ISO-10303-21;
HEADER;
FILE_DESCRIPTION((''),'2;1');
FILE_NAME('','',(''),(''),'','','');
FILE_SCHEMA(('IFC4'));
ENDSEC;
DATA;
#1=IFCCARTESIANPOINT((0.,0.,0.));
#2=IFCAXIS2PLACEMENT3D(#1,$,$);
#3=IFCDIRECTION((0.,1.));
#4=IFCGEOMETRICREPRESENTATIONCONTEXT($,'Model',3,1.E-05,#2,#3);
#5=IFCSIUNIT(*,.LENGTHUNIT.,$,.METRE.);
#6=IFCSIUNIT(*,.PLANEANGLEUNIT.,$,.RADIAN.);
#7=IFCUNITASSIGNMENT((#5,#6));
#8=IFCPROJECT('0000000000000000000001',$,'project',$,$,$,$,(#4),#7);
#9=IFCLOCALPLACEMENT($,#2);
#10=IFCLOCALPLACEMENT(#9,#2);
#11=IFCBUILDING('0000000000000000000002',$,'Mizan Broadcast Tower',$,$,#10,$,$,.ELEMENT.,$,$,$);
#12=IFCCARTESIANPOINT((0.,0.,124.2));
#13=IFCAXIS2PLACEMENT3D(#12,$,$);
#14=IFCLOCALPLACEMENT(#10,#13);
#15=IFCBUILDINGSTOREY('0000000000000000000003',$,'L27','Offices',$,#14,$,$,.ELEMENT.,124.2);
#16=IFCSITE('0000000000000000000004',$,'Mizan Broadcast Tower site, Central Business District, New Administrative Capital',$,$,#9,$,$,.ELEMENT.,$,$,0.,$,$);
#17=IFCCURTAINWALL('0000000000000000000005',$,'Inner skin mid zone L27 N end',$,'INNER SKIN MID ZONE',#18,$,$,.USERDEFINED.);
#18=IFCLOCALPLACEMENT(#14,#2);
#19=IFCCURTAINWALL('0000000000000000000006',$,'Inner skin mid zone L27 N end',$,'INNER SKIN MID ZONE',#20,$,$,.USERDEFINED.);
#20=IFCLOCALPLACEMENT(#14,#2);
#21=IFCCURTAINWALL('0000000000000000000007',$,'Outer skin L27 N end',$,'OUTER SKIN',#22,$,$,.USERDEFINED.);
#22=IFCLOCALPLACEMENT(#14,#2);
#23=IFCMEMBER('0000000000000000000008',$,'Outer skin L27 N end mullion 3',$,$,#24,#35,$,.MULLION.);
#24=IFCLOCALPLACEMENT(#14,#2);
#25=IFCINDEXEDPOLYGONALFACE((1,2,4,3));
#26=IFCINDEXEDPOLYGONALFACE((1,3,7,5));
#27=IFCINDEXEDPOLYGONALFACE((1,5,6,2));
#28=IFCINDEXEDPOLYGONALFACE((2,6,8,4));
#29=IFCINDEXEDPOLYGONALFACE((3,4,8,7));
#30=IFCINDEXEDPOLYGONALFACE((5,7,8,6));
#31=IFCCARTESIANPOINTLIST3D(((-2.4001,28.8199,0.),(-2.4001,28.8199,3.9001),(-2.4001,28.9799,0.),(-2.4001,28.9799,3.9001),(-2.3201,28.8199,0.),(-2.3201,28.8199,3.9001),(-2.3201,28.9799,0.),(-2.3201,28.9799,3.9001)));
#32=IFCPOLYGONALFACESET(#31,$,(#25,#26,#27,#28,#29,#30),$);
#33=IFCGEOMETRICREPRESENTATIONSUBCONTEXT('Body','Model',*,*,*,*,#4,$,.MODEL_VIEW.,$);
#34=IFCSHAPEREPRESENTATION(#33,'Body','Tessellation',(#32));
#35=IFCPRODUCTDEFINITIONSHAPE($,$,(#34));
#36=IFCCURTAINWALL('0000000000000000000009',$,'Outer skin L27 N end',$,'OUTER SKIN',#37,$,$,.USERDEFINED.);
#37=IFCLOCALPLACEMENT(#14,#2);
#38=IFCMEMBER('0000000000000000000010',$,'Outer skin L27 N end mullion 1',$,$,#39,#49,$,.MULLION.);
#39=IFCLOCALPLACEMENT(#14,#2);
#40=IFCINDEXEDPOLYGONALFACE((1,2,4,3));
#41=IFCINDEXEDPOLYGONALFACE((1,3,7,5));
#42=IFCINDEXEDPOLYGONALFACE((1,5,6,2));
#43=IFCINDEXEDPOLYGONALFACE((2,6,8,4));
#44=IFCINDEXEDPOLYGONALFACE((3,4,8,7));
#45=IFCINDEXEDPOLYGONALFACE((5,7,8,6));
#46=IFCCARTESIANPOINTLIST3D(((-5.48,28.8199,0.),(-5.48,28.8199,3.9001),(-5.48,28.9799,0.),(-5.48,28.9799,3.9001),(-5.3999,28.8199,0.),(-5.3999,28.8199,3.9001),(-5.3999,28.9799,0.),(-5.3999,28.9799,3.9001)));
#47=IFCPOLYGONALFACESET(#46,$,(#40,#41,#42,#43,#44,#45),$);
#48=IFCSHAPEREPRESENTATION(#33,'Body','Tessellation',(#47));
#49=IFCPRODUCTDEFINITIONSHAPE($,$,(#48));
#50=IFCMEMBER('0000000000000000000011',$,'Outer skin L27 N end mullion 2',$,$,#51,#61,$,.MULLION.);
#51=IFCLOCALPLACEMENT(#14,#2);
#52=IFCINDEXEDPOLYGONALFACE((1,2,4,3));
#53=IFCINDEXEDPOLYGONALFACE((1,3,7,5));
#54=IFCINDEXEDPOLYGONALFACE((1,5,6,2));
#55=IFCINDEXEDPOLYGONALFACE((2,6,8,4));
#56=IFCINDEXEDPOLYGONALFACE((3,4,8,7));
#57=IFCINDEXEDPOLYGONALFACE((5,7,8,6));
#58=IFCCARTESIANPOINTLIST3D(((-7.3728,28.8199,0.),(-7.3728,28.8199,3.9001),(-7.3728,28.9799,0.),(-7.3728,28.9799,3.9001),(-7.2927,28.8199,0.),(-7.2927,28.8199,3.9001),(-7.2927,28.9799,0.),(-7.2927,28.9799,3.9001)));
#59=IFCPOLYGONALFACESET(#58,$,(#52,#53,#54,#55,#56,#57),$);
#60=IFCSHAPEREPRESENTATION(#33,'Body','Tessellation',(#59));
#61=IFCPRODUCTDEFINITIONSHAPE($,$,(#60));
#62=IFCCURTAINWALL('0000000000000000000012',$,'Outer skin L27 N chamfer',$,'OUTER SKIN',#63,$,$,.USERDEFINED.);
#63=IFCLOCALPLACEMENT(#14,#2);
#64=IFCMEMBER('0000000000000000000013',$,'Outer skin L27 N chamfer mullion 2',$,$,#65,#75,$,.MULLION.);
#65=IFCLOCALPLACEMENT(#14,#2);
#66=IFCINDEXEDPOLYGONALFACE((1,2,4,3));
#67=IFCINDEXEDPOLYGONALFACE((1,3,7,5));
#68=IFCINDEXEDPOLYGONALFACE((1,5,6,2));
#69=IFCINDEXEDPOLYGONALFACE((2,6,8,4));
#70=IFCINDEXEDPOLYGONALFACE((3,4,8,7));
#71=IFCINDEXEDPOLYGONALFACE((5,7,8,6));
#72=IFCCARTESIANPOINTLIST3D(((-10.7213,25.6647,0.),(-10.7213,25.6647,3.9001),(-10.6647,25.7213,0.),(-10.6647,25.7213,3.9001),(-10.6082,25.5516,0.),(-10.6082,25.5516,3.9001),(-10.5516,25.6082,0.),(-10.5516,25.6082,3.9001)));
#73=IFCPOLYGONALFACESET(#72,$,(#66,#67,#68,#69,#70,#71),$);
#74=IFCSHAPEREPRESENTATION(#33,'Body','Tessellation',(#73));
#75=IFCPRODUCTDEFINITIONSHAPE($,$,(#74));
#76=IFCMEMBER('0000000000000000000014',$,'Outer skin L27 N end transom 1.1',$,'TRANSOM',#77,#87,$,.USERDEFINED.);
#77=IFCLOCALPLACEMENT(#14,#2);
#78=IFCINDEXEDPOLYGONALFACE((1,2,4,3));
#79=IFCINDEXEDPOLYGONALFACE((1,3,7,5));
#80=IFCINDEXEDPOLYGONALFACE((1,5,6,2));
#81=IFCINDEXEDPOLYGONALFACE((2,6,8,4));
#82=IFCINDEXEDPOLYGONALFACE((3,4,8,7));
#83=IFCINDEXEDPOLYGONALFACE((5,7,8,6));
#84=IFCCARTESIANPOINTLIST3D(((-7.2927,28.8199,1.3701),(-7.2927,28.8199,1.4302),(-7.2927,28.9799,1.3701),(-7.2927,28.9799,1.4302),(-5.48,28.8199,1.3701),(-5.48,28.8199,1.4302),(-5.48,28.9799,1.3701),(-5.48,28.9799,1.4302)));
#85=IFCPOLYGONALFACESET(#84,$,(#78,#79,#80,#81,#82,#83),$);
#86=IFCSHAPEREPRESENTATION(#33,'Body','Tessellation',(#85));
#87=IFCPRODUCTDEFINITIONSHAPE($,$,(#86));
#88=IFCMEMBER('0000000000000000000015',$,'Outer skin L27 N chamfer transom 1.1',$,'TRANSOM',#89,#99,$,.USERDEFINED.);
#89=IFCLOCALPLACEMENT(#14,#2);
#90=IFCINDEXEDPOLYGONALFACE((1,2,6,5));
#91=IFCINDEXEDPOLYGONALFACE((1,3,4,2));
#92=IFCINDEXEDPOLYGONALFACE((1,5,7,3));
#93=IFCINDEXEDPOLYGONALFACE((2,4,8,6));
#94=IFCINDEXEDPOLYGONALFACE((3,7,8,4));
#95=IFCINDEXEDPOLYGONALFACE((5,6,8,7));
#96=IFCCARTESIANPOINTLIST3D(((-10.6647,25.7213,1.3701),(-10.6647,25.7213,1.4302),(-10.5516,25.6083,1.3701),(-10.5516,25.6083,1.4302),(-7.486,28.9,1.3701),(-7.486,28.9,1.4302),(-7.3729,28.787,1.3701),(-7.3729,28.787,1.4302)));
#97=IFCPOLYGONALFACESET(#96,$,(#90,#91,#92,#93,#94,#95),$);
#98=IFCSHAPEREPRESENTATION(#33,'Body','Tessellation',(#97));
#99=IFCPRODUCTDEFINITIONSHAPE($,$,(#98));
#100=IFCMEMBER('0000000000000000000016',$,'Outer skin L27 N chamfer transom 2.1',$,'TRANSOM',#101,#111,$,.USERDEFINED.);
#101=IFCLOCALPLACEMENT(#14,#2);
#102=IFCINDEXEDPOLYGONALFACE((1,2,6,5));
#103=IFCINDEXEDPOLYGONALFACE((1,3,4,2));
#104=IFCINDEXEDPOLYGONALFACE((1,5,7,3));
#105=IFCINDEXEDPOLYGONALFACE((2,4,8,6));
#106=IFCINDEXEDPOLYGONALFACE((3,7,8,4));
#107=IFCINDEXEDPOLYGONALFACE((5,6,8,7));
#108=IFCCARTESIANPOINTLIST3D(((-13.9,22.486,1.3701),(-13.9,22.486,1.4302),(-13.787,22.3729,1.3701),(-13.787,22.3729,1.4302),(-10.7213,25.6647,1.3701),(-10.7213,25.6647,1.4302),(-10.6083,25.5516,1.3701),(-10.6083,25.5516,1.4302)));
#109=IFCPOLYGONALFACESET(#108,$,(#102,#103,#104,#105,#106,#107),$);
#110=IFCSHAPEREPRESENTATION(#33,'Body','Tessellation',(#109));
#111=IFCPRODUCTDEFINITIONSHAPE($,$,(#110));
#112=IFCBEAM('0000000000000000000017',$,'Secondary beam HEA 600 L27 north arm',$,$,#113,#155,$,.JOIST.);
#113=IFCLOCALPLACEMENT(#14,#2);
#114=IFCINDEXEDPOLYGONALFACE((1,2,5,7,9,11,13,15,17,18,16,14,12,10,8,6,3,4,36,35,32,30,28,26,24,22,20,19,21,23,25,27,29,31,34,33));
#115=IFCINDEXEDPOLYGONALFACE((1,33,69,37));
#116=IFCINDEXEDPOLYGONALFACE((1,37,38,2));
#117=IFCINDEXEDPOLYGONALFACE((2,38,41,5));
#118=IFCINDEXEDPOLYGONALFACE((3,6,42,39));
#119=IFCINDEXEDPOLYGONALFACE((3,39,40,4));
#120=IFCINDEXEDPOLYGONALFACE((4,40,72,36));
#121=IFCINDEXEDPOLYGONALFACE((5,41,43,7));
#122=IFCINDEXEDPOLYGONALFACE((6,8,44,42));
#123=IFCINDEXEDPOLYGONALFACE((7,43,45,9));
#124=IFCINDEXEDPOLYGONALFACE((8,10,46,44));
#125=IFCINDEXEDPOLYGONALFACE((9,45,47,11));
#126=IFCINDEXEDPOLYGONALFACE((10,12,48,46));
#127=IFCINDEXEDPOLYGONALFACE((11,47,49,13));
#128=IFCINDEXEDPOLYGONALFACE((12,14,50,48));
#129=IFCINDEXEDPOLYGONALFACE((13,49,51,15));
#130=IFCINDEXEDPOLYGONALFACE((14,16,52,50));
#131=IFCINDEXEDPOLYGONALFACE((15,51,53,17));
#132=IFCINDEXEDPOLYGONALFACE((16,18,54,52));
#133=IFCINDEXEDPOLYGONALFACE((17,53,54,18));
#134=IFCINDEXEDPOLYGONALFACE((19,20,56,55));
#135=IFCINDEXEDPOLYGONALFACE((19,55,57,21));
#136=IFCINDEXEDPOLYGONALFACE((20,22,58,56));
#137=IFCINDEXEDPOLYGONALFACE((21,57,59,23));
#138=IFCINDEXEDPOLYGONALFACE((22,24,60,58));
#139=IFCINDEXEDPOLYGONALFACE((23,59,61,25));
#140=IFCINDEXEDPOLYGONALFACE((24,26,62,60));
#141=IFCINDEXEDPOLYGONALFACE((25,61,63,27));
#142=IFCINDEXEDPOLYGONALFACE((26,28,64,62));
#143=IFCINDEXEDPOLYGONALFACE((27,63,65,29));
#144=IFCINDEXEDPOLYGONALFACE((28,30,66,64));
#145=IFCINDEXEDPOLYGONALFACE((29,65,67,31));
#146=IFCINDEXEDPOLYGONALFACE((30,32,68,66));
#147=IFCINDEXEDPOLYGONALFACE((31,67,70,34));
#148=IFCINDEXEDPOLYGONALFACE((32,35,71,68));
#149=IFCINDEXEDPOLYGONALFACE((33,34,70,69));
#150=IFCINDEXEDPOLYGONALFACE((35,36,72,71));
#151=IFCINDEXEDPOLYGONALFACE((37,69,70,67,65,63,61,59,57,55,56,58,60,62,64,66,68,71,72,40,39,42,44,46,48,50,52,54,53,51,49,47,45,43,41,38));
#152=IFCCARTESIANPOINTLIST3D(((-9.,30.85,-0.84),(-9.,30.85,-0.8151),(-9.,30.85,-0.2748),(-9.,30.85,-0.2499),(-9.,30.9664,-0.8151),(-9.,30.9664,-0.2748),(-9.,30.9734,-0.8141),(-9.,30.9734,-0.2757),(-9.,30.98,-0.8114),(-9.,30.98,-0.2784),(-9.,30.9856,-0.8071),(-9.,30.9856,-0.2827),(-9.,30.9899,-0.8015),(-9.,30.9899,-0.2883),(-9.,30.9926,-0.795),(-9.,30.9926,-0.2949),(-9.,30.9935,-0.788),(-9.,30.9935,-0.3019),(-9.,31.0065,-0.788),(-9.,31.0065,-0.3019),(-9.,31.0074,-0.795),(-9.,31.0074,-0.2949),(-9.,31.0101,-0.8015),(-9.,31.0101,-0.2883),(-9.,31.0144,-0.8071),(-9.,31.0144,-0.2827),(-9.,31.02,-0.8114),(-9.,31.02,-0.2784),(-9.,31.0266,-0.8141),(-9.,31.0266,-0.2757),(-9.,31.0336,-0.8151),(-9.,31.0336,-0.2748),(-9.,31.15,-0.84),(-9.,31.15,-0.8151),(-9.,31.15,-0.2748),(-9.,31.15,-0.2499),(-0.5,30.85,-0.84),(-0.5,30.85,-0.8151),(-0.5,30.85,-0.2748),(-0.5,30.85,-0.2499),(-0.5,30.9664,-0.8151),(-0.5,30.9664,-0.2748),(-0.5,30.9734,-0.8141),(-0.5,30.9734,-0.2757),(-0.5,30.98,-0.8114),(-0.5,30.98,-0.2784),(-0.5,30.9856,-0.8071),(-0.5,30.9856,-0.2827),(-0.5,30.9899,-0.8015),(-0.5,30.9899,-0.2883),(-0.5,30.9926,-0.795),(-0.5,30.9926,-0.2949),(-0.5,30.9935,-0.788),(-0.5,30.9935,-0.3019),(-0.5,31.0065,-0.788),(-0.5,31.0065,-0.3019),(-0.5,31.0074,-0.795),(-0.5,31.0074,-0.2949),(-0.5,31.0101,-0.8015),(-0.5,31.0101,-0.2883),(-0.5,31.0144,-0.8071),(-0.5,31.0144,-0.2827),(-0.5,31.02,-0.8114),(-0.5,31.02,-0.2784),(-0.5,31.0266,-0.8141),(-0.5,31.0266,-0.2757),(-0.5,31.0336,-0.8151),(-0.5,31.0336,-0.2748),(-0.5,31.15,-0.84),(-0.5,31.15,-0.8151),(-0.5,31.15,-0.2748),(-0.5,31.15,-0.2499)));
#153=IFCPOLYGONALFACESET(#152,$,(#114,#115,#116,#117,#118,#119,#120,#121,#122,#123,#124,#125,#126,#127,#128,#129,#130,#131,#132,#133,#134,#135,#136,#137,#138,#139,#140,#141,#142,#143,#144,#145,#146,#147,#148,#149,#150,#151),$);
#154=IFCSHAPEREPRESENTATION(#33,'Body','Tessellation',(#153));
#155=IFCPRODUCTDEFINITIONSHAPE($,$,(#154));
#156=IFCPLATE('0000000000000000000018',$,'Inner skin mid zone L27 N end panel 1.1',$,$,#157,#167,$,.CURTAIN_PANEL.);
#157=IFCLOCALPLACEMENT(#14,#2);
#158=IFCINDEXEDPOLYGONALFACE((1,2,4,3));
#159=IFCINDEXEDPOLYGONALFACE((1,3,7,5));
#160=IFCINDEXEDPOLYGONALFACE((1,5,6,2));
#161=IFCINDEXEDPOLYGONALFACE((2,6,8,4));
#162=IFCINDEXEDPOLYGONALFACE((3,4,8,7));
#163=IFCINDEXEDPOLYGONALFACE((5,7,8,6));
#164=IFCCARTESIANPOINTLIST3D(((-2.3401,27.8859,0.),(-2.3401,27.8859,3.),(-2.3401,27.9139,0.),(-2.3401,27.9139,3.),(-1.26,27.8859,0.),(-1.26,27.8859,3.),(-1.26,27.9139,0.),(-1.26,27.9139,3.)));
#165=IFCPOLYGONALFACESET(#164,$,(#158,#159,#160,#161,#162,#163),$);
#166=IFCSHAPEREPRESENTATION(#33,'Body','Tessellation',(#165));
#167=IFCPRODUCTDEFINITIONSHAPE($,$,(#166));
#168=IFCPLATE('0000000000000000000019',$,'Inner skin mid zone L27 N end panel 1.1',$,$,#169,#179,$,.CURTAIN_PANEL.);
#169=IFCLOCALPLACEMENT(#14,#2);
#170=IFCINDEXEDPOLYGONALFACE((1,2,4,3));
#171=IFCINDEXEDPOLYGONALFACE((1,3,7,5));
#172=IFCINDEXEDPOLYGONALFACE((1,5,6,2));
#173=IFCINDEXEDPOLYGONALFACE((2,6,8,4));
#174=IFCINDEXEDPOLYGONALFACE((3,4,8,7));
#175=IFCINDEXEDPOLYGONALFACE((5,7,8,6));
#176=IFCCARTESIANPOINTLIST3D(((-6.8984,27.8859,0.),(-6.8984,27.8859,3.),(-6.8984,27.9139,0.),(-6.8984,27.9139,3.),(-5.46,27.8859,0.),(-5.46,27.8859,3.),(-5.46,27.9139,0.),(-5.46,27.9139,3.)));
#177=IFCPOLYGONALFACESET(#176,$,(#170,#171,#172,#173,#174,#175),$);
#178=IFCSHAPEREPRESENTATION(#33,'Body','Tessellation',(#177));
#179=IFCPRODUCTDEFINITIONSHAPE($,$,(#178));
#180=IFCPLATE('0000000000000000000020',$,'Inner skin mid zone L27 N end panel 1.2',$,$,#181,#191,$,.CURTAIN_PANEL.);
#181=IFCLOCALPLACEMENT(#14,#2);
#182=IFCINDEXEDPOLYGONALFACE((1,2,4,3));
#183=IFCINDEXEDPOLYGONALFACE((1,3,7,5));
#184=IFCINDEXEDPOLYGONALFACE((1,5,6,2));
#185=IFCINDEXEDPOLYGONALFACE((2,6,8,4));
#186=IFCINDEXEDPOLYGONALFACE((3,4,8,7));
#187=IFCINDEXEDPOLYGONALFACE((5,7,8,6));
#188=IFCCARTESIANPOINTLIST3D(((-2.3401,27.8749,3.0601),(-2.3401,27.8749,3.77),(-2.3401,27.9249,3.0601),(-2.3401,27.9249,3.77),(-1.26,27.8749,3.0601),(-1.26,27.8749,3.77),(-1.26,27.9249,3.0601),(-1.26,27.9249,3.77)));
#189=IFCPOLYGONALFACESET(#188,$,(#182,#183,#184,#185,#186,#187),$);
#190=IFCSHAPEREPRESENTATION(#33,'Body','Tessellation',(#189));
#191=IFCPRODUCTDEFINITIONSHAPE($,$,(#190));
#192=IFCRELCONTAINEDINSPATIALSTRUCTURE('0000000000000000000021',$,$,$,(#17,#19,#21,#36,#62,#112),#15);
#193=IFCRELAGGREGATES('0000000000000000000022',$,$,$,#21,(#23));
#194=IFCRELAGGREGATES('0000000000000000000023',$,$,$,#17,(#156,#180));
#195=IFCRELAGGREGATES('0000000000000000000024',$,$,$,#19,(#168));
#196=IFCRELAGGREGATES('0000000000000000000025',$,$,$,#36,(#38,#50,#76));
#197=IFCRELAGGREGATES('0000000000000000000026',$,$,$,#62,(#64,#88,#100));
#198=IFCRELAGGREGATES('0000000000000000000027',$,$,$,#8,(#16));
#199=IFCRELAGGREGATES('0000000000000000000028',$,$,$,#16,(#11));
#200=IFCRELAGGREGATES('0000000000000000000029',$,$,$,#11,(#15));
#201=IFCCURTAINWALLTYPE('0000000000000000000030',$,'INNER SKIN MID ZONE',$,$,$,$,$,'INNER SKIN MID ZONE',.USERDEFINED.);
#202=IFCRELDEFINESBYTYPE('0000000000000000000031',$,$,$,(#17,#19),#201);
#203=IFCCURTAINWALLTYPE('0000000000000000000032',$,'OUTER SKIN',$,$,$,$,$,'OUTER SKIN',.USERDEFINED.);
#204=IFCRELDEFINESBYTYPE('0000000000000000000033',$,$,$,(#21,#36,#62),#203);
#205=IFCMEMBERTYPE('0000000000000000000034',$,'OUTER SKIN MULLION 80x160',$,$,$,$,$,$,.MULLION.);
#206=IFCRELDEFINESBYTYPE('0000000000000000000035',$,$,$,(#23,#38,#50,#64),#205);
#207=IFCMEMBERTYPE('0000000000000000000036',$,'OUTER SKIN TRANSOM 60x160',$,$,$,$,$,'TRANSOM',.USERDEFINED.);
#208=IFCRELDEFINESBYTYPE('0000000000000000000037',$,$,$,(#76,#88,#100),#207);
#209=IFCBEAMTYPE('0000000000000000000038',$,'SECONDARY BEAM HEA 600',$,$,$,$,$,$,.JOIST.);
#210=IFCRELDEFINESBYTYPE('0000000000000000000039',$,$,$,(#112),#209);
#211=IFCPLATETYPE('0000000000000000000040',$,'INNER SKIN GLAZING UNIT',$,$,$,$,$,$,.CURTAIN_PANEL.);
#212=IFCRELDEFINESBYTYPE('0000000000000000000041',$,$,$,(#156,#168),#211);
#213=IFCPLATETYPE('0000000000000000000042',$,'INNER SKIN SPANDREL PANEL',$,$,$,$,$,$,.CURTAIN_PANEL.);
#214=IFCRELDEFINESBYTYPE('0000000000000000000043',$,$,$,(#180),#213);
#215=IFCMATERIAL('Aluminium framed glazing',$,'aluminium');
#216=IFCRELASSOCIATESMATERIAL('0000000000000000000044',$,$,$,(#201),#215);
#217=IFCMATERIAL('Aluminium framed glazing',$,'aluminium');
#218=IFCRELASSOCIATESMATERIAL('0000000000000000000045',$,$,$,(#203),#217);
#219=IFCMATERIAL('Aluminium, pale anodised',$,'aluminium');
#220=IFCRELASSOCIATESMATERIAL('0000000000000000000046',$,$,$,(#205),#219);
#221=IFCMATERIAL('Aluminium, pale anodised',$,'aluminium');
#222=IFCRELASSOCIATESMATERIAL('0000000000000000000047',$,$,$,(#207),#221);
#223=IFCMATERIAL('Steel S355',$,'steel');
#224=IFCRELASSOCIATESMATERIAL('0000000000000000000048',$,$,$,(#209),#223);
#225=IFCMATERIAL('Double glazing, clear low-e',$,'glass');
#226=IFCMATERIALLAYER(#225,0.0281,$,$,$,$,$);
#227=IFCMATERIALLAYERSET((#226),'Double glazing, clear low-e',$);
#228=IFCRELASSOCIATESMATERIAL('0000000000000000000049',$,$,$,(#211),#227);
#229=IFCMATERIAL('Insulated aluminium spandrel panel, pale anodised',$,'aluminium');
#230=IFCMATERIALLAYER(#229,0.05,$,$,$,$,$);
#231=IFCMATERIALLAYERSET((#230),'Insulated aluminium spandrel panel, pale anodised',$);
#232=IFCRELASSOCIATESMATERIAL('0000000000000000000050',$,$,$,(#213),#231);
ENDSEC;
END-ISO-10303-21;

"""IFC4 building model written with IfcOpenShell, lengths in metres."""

from ifc_helpers import new_model, si_unit, direction, frame, origin, origin_2d, place, context, subcontext, project, spatial, rectangle, i_section, extrude, material, layer, layer_set, material_profile, profile_set, type_object, element, aggregate, save


model = new_model("IFC4")

# Units and contexts
model_context = context("Model", 3, precision=1e-05, world=origin(), true_north=direction((0.0, 1.0)))
body_context = subcontext(model_context, "Body", "Model", "MODEL_VIEW")
ifc_project = project(units=[si_unit("LENGTHUNIT", "METRE"), si_unit("PLANEANGLEUNIT", "RADIAN")], contexts=[model_context])

# Site, building, storey
site_placement = place(None, origin())
site = spatial("IfcSite", under=ifc_project, at=site_placement, Name="Mizan Broadcast Tower site, Central Business District, New Administrative Capital", CompositionType="ELEMENT", RefElevation=0.0)
building_placement = place(site_placement, origin())
building = spatial("IfcBuilding", under=site, at=building_placement, Name="Mizan Broadcast Tower", CompositionType="ELEMENT")
storey_placement = place(building_placement, frame((0.0, 0.0, 124.2)))
storey = spatial("IfcBuildingStorey", under=building, at=storey_placement, Name="L27", Description="Offices", CompositionType="ELEMENT", Elevation=124.2)

# Curtain walls
ifc_material_1 = material(Name="Aluminium framed glazing", Category="aluminium")
curtain_wall_type_1 = type_object("IfcCurtainWallType", Name="INNER SKIN MID ZONE", ElementType="INNER SKIN MID ZONE", PredefinedType="USERDEFINED", material=ifc_material_1)
curtain_wall_1_placement = place(storey_placement, origin())
curtain_wall_1 = element("IfcCurtainWall", 1, at=curtain_wall_1_placement, inside=storey, type_object=curtain_wall_type_1, Name="Inner skin mid zone L27 N end", ObjectType="INNER SKIN MID ZONE", PredefinedType="USERDEFINED")
curtain_wall_2_placement = place(storey_placement, origin())
curtain_wall_2 = element("IfcCurtainWall", 2, at=curtain_wall_2_placement, inside=storey, type_object=curtain_wall_type_1, Name="Inner skin mid zone L27 N end", ObjectType="INNER SKIN MID ZONE", PredefinedType="USERDEFINED")

# Curtain wall, member
ifc_material_2 = material(Name="Aluminium framed glazing", Category="aluminium")
curtain_wall_type_2 = type_object("IfcCurtainWallType", Name="OUTER SKIN", ElementType="OUTER SKIN", PredefinedType="USERDEFINED", material=ifc_material_2)
curtain_wall_3_placement = place(storey_placement, origin())
curtain_wall_3 = element("IfcCurtainWall", 3, at=curtain_wall_3_placement, inside=storey, type_object=curtain_wall_type_2, Name="Outer skin L27 N end", ObjectType="OUTER SKIN", PredefinedType="USERDEFINED")
ifc_material_3 = material(Name="Aluminium, pale anodised", Category="aluminium")
ifc_material_profile_1 = material_profile(ifc_material_3, rectangle(XDim=0.1599, YDim=0.0801, at=origin_2d()), Name="MULLION 160x80")
ifc_profile_set_1 = profile_set([ifc_material_profile_1], Name="Aluminium, pale anodised")
member_type_1 = type_object("IfcMemberType", Name="OUTER SKIN MULLION 80x160", PredefinedType="MULLION", material=ifc_profile_set_1)
member_1_placement = place(storey_placement, frame((-2.3601, 28.8999, 0.0), z_axis=(0.0, 0.0, 1.0), x_axis=(0.0, -1.0, 0.0)))
member_1 = element("IfcMember", 4, at=member_1_placement, type_object=member_type_1, Name="Outer skin L27 N end mullion 3", PredefinedType="MULLION", context=body_context, shape_type="SweptSolid", body=[
    extrude(rectangle(XDim=0.1599, YDim=0.0801, at=origin_2d()), origin(), (0.0, 0.0, 1.0), 3.9001),
])
aggregate(curtain_wall_3, [member_1])

# Curtain wall, members
curtain_wall_4_placement = place(storey_placement, origin())
curtain_wall_4 = element("IfcCurtainWall", 5, at=curtain_wall_4_placement, inside=storey, type_object=curtain_wall_type_2, Name="Outer skin L27 N end", ObjectType="OUTER SKIN", PredefinedType="USERDEFINED")
member_2_placement = place(storey_placement, frame((-5.4399, 28.8999, 0.0), z_axis=(0.0, 0.0, 1.0), x_axis=(0.0, -1.0, 0.0)))
member_2 = element("IfcMember", 6, at=member_2_placement, type_object=member_type_1, Name="Outer skin L27 N end mullion 1", PredefinedType="MULLION", context=body_context, shape_type="SweptSolid", body=[
    extrude(rectangle(XDim=0.1599, YDim=0.0801, at=origin_2d()), origin(), (0.0, 0.0, 1.0), 3.9001),
])
member_3_placement = place(storey_placement, frame((-7.3328, 28.8999, 0.0), z_axis=(0.0, 0.0, 1.0), x_axis=(0.0, -1.0, 0.0)))
member_3 = element("IfcMember", 7, at=member_3_placement, type_object=member_type_1, Name="Outer skin L27 N end mullion 2", PredefinedType="MULLION", context=body_context, shape_type="SweptSolid", body=[
    extrude(rectangle(XDim=0.1599, YDim=0.0801, at=origin_2d()), origin(), (0.0, 0.0, 1.0), 3.9001),
])

# Curtain wall, member
curtain_wall_5_placement = place(storey_placement, origin())
curtain_wall_5 = element("IfcCurtainWall", 8, at=curtain_wall_5_placement, inside=storey, type_object=curtain_wall_type_2, Name="Outer skin L27 N chamfer", ObjectType="OUTER SKIN", PredefinedType="USERDEFINED")
member_4_placement = place(storey_placement, frame((-10.6365, 25.6365, 0.0), z_axis=(0.0, 0.0, 1.0), x_axis=(0.707107, -0.707107, 0.0)))
member_4 = element("IfcMember", 9, at=member_4_placement, type_object=member_type_1, Name="Outer skin L27 N chamfer mullion 2", PredefinedType="MULLION", context=body_context, shape_type="SweptSolid", body=[
    extrude(rectangle(XDim=0.1599, YDim=0.0801, at=origin_2d()), origin(), (0.0, 0.0, 1.0), 3.9001),
])

# Members
ifc_material_4 = material(Name="Aluminium, pale anodised", Category="aluminium")
ifc_material_profile_2 = material_profile(ifc_material_4, rectangle(XDim=0.1599, YDim=0.0601, at=origin_2d()), Name="TRANSOM 160x60")
ifc_profile_set_2 = profile_set([ifc_material_profile_2], Name="Aluminium, pale anodised")
member_type_2 = type_object("IfcMemberType", Name="OUTER SKIN TRANSOM 60x160", ElementType="TRANSOM", PredefinedType="USERDEFINED", material=ifc_profile_set_2)
member_5_placement = place(storey_placement, frame((-5.48, 28.8999, 1.4001), z_axis=(-1.0, 0.0, 0.0), x_axis=(0.0, -1.0, 0.0)))
member_5 = element("IfcMember", 10, at=member_5_placement, type_object=member_type_2, Name="Outer skin L27 N end transom 1.1", ObjectType="TRANSOM", PredefinedType="USERDEFINED", context=body_context, shape_type="SweptSolid", body=[
    extrude(rectangle(XDim=0.1599, YDim=0.0601, at=origin_2d()), origin(), (0.0, 0.0, 1.0), 1.8127),
])
member_6_placement = place(storey_placement, frame((-7.4294, 28.8435, 1.4001), z_axis=(-0.707107, -0.707107, 0.0), x_axis=(0.707107, -0.707107, 0.0)))
member_6 = element("IfcMember", 11, at=member_6_placement, type_object=member_type_2, Name="Outer skin L27 N chamfer transom 1.1", ObjectType="TRANSOM", PredefinedType="USERDEFINED", context=body_context, shape_type="SweptSolid", body=[
    extrude(rectangle(XDim=0.1599, YDim=0.0601, at=origin_2d()), origin(), (0.0, 0.0, 1.0), 4.4954),
])
member_7_placement = place(storey_placement, frame((-10.6648, 25.6082, 1.4001), z_axis=(-0.707107, -0.707107, 0.0), x_axis=(0.707107, -0.707107, 0.0)))
member_7 = element("IfcMember", 12, at=member_7_placement, type_object=member_type_2, Name="Outer skin L27 N chamfer transom 2.1", ObjectType="TRANSOM", PredefinedType="USERDEFINED", context=body_context, shape_type="SweptSolid", body=[
    extrude(rectangle(XDim=0.1599, YDim=0.0601, at=origin_2d()), origin(), (0.0, 0.0, 1.0), 4.4954),
])

# Beam
ifc_material_5 = material(Name="Steel S355", Category="steel")
ifc_material_profile_3 = material_profile(ifc_material_5, i_section(OverallWidth=0.3, OverallDepth=0.5901, WebThickness=0.0129, FlangeThickness=0.0249, FilletRadius=0.0271, at=origin_2d()), Name="HEA 600")
ifc_profile_set_3 = profile_set([ifc_material_profile_3], Name="Steel S355")
beam_type_1 = type_object("IfcBeamType", Name="SECONDARY BEAM HEA 600", PredefinedType="JOIST", material=ifc_profile_set_3)
beam_1_placement = place(storey_placement, frame((-9.0, 31.0, -0.5449), z_axis=(1.0, 0.0, 0.0), x_axis=(0.0, 1.0, 0.0)))
element("IfcBeam", 13, at=beam_1_placement, inside=storey, type_object=beam_type_1, Name="Secondary beam HEA 600 L27 north arm", PredefinedType="JOIST", context=body_context, shape_type="SweptSolid", body=[
    extrude(i_section(OverallWidth=0.3, OverallDepth=0.5901, WebThickness=0.0129, FlangeThickness=0.0249, FilletRadius=0.0271, at=origin_2d()), origin(), (0.0, 0.0, 1.0), 8.5),
])

# Plates
ifc_material_6 = material(Name="Double glazing, clear low-e", Category="glass")
ifc_layer_1 = layer(ifc_material_6, 0.0281)
ifc_layer_set_1 = layer_set([ifc_layer_1], Name="Double glazing, clear low-e")
plate_type_1 = type_object("IfcPlateType", Name="INNER SKIN GLAZING UNIT", PredefinedType="CURTAIN_PANEL", material=ifc_layer_set_1)
plate_1_placement = place(storey_placement, frame((-1.8, 27.8999, 0.0), z_axis=(0.0, 0.0, 1.0), x_axis=(-1.0, 0.0, 0.0)))
plate_1 = element("IfcPlate", 14, at=plate_1_placement, type_object=plate_type_1, Name="Inner skin mid zone L27 N end panel 1.1", PredefinedType="CURTAIN_PANEL", context=body_context, shape_type="SweptSolid", body=[
    extrude(rectangle(XDim=1.0801, YDim=0.0281, at=origin_2d()), origin(), (0.0, 0.0, 1.0), 3.0),
])
plate_2_placement = place(storey_placement, frame((-6.1792, 27.8999, 0.0), z_axis=(0.0, 0.0, 1.0), x_axis=(-1.0, 0.0, 0.0)))
plate_2 = element("IfcPlate", 15, at=plate_2_placement, type_object=plate_type_1, Name="Inner skin mid zone L27 N end panel 1.1", PredefinedType="CURTAIN_PANEL", context=body_context, shape_type="SweptSolid", body=[
    extrude(rectangle(XDim=1.4385, YDim=0.0281, at=origin_2d()), origin(), (0.0, 0.0, 1.0), 3.0),
])
ifc_material_7 = material(Name="Insulated aluminium spandrel panel, pale anodised", Category="aluminium")
ifc_layer_2 = layer(ifc_material_7, 0.05)
ifc_layer_set_2 = layer_set([ifc_layer_2], Name="Insulated aluminium spandrel panel, pale anodised")
plate_type_2 = type_object("IfcPlateType", Name="INNER SKIN SPANDREL PANEL", PredefinedType="CURTAIN_PANEL", material=ifc_layer_set_2)
plate_3_placement = place(storey_placement, frame((-1.8, 27.8999, 3.0601), z_axis=(0.0, 0.0, 1.0), x_axis=(-1.0, 0.0, 0.0)))
plate_3 = element("IfcPlate", 16, at=plate_3_placement, type_object=plate_type_2, Name="Inner skin mid zone L27 N end panel 1.2", PredefinedType="CURTAIN_PANEL", context=body_context, shape_type="SweptSolid", body=[
    extrude(rectangle(XDim=1.0801, YDim=0.05, at=origin_2d()), origin(), (0.0, 0.0, 1.0), 0.71),
])
aggregate(curtain_wall_1, [plate_1, plate_3])
aggregate(curtain_wall_2, [plate_2])
aggregate(curtain_wall_4, [member_2, member_3, member_5])
aggregate(curtain_wall_5, [member_4, member_6, member_7])

save(model, "model.ifc")
